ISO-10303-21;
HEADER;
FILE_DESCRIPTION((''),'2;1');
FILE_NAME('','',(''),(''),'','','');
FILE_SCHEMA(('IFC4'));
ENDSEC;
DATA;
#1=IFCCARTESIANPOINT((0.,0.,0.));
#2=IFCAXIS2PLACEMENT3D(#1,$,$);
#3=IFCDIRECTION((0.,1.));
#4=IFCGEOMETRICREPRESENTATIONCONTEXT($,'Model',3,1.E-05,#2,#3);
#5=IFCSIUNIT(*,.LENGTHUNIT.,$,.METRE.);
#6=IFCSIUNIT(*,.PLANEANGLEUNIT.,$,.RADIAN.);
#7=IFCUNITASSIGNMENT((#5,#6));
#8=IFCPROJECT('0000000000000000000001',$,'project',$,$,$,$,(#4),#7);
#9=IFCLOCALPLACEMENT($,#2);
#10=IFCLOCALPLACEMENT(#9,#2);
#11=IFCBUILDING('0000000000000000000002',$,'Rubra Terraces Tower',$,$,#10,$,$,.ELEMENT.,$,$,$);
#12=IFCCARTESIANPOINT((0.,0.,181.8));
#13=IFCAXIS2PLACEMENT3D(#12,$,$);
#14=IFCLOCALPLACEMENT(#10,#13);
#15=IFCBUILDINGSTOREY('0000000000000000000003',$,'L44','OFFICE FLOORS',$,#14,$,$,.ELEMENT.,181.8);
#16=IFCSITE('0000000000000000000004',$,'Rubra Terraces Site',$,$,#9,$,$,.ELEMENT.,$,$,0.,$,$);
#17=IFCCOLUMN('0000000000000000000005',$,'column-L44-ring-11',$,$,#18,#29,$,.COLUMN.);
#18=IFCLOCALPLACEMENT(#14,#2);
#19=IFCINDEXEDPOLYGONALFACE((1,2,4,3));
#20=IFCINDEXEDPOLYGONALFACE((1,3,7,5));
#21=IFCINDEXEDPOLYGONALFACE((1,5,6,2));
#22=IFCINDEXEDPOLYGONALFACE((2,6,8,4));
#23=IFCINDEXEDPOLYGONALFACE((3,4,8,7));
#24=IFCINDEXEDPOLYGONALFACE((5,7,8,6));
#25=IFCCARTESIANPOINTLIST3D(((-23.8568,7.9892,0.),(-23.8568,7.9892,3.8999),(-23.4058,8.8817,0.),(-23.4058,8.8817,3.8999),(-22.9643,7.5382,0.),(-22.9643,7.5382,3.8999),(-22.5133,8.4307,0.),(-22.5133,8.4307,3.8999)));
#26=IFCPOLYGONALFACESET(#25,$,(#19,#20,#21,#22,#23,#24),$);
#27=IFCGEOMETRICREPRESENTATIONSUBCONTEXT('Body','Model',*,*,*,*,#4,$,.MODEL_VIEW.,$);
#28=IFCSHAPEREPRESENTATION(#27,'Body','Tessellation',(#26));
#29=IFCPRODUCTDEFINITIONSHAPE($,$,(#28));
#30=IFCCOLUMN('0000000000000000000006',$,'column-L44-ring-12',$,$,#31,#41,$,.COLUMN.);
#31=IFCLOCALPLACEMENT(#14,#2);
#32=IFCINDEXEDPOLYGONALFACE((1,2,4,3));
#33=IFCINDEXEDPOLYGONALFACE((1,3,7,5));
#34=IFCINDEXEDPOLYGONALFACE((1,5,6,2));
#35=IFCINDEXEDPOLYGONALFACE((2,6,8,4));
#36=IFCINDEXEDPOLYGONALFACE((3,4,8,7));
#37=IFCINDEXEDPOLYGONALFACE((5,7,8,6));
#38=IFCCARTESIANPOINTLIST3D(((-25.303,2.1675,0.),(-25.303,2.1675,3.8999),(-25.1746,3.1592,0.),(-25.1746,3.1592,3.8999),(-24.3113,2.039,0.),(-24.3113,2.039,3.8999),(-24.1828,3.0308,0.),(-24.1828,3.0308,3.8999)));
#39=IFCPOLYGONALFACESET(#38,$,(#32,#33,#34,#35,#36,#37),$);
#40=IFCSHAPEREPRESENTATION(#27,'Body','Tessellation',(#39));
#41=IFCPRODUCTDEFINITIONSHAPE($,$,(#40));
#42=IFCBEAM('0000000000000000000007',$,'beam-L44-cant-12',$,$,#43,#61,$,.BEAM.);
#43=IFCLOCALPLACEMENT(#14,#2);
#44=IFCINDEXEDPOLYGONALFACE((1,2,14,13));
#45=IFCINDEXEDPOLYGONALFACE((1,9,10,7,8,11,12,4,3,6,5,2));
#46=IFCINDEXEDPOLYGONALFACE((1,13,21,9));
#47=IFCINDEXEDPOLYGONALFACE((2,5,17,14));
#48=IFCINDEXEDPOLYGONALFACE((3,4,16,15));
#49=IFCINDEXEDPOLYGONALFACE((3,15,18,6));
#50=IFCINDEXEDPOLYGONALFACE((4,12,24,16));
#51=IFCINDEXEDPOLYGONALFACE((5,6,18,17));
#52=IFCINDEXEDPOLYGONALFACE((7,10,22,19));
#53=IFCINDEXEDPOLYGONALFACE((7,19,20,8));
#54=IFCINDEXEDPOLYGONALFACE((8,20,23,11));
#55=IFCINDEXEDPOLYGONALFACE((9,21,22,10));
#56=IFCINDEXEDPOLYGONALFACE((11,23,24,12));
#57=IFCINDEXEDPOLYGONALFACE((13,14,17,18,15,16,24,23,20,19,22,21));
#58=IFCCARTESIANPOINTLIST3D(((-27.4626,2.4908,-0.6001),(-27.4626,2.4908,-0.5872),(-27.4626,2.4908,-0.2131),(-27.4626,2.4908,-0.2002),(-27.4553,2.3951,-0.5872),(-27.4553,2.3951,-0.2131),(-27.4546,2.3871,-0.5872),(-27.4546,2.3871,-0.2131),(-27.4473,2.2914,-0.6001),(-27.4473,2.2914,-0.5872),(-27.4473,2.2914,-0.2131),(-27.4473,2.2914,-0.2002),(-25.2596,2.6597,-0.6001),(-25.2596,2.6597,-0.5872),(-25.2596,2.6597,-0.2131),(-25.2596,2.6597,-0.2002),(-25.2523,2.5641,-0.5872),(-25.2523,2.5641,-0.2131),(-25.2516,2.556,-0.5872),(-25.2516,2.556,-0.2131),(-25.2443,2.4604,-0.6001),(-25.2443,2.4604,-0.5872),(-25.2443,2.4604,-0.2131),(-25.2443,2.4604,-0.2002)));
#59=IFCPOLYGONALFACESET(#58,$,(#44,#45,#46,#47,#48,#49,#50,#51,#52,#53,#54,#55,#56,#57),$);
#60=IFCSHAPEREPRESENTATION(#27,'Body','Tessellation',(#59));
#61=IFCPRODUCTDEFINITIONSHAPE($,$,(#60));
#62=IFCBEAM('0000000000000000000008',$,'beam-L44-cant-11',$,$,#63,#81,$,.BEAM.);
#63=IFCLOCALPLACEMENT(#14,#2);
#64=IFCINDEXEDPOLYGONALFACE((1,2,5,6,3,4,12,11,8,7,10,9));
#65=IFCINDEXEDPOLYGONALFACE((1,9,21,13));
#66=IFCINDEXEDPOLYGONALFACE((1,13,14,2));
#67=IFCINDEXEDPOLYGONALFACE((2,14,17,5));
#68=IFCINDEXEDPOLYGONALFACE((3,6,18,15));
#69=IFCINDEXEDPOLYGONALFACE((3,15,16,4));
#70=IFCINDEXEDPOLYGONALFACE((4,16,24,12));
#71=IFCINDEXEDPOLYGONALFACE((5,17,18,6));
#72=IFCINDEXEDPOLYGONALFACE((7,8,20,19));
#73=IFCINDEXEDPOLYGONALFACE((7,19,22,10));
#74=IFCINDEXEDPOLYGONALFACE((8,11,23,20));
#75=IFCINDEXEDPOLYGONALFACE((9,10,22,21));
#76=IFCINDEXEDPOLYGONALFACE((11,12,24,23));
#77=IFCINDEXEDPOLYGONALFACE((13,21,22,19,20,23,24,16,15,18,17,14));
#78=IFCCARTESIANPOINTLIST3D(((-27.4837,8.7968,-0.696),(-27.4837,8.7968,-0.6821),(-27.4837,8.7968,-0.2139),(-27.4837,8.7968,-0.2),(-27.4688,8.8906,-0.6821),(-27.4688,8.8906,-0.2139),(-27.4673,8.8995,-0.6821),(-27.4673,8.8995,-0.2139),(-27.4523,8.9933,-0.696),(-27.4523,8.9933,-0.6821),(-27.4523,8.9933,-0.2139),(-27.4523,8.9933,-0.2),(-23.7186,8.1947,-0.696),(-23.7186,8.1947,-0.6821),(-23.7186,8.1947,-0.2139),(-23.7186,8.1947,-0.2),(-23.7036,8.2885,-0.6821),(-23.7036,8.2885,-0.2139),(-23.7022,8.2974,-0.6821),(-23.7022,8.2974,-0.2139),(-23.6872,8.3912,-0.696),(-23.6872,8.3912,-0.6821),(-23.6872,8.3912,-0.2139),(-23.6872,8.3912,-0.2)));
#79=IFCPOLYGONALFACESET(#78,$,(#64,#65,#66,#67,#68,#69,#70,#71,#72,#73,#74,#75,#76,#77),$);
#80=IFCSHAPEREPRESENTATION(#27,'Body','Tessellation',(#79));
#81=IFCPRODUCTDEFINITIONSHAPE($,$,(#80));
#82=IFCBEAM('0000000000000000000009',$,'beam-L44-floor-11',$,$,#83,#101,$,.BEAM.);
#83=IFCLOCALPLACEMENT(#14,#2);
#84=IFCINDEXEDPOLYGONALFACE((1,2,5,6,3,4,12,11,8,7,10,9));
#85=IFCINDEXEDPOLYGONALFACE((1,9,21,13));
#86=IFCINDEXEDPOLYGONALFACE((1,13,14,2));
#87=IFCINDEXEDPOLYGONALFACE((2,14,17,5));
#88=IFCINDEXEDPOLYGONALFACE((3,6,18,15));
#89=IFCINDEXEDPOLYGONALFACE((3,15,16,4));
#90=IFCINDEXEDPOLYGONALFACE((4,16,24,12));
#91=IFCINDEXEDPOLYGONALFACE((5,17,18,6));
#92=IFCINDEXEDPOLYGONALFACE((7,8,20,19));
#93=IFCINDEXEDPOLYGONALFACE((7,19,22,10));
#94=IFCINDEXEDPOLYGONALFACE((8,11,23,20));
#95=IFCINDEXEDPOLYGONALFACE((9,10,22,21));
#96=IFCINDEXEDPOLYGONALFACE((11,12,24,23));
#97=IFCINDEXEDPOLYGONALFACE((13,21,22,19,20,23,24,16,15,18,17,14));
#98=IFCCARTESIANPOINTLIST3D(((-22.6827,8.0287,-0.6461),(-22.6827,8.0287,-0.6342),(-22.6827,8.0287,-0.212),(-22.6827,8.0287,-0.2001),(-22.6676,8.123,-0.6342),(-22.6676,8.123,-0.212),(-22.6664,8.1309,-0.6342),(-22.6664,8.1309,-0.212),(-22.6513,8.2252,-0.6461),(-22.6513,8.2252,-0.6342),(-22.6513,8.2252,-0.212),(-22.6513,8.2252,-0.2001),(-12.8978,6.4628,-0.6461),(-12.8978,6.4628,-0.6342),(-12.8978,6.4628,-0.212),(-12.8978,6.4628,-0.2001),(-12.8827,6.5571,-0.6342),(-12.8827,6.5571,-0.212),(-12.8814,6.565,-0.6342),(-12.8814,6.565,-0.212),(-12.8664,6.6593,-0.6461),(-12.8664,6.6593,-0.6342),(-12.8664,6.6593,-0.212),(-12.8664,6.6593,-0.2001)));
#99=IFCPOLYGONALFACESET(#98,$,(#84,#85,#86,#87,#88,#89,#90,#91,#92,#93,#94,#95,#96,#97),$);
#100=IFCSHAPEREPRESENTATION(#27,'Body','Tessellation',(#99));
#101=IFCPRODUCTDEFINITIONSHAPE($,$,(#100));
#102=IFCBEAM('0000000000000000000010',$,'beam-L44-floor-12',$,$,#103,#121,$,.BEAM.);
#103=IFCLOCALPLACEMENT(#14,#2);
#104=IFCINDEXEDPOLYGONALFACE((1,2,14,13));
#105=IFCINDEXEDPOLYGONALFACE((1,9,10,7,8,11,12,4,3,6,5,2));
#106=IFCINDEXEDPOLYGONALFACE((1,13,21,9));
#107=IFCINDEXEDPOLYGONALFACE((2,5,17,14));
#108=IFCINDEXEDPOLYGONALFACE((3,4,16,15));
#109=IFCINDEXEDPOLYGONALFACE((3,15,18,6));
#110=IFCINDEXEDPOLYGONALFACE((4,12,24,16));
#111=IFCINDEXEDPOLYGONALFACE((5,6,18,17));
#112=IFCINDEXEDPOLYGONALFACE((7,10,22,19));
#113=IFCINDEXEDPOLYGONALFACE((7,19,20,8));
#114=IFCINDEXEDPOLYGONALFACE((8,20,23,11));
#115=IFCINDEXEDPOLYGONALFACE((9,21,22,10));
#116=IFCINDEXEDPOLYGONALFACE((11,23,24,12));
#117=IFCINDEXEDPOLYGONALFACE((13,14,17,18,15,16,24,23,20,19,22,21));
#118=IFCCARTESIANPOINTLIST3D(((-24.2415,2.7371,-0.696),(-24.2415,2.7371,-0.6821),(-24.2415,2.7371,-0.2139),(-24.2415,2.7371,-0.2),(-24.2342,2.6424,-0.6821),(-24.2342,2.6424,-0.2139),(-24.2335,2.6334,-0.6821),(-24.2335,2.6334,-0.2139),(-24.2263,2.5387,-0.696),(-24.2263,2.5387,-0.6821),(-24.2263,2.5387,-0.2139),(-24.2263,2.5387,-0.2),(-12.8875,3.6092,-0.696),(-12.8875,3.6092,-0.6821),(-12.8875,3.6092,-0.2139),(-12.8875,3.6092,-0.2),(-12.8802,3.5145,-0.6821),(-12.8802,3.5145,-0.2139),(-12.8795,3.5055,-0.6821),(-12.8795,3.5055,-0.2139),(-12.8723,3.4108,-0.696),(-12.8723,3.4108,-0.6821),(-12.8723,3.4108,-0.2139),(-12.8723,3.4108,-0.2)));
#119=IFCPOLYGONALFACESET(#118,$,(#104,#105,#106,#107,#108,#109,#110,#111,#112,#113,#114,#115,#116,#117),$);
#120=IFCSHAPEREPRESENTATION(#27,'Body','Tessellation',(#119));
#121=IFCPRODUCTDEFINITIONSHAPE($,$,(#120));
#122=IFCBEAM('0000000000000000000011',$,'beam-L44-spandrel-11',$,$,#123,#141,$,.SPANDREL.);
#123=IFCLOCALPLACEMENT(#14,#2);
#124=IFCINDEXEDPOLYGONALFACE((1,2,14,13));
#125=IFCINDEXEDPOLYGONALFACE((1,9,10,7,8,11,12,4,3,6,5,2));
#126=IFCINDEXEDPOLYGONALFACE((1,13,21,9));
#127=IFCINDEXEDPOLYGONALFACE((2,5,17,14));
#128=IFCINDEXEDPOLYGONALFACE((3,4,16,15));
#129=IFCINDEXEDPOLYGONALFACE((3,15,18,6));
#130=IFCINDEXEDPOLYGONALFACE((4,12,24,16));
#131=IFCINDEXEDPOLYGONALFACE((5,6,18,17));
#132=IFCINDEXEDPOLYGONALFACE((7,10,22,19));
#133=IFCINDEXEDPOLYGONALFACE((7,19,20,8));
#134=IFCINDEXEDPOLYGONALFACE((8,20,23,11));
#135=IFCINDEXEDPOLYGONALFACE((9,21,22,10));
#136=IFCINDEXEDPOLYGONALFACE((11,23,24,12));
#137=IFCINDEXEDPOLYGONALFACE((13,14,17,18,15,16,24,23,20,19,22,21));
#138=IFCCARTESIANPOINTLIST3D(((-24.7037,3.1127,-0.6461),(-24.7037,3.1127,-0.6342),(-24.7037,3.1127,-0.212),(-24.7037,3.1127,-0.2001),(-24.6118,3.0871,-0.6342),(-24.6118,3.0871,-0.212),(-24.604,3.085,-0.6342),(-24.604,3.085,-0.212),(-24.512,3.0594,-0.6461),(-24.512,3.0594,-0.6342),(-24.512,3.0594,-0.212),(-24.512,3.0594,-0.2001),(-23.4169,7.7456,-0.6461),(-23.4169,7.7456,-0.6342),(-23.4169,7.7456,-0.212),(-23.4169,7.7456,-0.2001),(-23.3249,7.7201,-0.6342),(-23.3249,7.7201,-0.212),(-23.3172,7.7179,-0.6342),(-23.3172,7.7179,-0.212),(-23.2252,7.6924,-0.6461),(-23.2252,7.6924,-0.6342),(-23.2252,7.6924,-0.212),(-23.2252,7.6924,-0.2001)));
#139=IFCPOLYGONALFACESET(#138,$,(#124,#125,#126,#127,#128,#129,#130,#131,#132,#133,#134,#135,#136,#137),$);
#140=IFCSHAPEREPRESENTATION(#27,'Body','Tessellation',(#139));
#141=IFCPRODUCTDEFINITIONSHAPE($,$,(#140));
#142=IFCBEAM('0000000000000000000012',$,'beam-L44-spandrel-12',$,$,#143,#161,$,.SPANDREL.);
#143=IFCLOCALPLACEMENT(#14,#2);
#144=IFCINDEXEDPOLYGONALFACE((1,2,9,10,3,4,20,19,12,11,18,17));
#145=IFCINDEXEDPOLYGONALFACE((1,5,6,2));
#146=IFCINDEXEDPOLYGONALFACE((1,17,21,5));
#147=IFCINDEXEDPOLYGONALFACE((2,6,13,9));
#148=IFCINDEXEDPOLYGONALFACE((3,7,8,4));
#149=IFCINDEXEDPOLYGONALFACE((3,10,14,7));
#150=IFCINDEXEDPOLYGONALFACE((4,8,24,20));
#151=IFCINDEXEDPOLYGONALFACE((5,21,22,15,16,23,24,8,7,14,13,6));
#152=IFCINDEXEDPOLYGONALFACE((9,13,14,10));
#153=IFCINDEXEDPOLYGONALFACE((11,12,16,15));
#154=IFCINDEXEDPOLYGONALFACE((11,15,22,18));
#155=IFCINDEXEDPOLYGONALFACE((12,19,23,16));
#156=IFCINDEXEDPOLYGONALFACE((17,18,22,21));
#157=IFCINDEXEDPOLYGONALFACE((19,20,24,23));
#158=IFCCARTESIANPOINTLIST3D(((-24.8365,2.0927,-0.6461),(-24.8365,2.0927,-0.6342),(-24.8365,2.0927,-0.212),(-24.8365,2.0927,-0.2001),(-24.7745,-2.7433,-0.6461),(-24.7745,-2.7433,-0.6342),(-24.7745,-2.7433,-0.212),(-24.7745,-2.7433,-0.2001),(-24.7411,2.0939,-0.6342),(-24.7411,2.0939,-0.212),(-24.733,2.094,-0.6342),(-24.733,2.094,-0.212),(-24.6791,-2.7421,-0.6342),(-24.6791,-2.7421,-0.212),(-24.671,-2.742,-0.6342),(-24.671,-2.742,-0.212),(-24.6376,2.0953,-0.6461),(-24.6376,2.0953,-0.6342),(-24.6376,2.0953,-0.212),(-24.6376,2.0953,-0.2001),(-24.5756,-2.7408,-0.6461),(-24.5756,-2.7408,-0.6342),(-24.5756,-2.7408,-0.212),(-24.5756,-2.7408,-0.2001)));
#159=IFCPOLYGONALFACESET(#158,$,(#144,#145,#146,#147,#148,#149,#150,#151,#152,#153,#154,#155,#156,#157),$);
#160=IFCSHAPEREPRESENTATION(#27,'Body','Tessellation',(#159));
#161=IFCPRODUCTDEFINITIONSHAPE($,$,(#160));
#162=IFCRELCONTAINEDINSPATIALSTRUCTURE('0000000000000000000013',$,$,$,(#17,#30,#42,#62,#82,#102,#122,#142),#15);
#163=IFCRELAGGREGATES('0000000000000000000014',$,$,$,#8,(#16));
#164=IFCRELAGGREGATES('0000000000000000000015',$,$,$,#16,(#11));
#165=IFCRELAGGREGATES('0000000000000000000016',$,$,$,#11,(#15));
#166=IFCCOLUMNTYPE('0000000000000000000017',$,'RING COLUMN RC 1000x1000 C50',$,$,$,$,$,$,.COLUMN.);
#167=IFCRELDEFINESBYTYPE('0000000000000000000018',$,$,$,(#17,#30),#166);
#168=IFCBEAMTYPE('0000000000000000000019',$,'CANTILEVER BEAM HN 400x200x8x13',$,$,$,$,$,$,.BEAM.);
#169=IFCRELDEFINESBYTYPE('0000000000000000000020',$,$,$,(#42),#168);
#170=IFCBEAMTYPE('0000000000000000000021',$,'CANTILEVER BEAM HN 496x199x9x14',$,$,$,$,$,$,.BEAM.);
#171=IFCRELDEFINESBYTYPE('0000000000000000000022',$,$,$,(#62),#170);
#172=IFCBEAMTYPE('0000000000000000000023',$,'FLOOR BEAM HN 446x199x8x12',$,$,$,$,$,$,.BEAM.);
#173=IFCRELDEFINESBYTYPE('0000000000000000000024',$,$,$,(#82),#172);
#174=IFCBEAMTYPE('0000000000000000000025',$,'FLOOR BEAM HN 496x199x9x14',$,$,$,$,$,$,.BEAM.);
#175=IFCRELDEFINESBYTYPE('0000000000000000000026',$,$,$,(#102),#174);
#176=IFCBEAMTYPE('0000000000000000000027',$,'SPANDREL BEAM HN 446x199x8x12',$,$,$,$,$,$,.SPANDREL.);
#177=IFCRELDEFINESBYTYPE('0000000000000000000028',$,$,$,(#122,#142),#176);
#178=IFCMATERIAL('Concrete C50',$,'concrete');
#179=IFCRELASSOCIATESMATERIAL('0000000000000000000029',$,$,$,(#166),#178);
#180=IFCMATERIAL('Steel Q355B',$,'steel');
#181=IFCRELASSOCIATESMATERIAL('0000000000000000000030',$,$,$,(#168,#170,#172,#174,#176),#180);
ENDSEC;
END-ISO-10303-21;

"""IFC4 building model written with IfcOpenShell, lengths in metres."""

from ifc_helpers import new_model, si_unit, direction, frame, origin, origin_2d, place, context, subcontext, project, spatial, rectangle, i_section, extrude, material, material_profile, profile_set, type_object, element, save


model = new_model("IFC4")

# Units and contexts
model_context = context("Model", 3, precision=1e-05, world=origin(), true_north=direction((0.0, 1.0)))
body_context = subcontext(model_context, "Body", "Model", "MODEL_VIEW")
ifc_project = project(units=[si_unit("LENGTHUNIT", "METRE"), si_unit("PLANEANGLEUNIT", "RADIAN")], contexts=[model_context])

# Site, building, storey
site_placement = place(None, origin())
site = spatial("IfcSite", under=ifc_project, at=site_placement, Name="Rubra Terraces Site", CompositionType="ELEMENT", RefElevation=0.0)
building_placement = place(site_placement, origin())
building = spatial("IfcBuilding", under=site, at=building_placement, Name="Rubra Terraces Tower", CompositionType="ELEMENT")
storey_placement = place(building_placement, frame((0.0, 0.0, 181.8)))
storey = spatial("IfcBuildingStorey", under=building, at=storey_placement, Name="L44", Description="OFFICE FLOORS", CompositionType="ELEMENT", Elevation=181.8)

# Columns
ifc_material_1 = material(Name="Concrete C50", Category="concrete")
ifc_material_profile_1 = material_profile(ifc_material_1, rectangle(XDim=1.0, YDim=1.0, at=origin_2d()), Name="RC 1000x1000")
ifc_profile_set_1 = profile_set([ifc_material_profile_1], Name="Concrete C50")
column_type = type_object("IfcColumnType", Name="RING COLUMN RC 1000x1000 C50", PredefinedType="COLUMN", material=ifc_profile_set_1)
for number, where, z_axis, x_axis, name in (
    (1, (-23.1851, 8.21, 0.0), (0.0, 0.0, 1.0), (-0.451028, -0.89251, 0.0), "column-L44-ring-11"),
    (2, (-24.7429, 2.5991, 0.0), (0.0, 0.0, 1.0), (-0.128444, -0.991717, 0.0), "column-L44-ring-12"),
):
    element("IfcColumn", number, at=place(storey_placement, frame(where, z_axis=z_axis, x_axis=x_axis)), inside=storey, type_object=column_type, Name=name, PredefinedType="COLUMN", context=body_context, shape_type="SweptSolid", body=[
        extrude(rectangle(XDim=1.0, YDim=1.0, at=origin_2d()), origin(), (0.0, 0.0, 1.0), 3.8999),
    ])

# Beams
ifc_material_2 = material(Name="Steel Q355B", Category="steel")
ifc_material_profile_2 = material_profile(ifc_material_2, i_section(OverallWidth=0.2, OverallDepth=0.3999, WebThickness=0.0081, FlangeThickness=0.0129, at=origin_2d()), Name="HN 400x200x8x13")
ifc_profile_set_2 = profile_set([ifc_material_profile_2], Name="Steel Q355B")
beam_type_1 = type_object("IfcBeamType", Name="CANTILEVER BEAM HN 400x200x8x13", PredefinedType="BEAM", material=ifc_profile_set_2)
beam_1_placement = place(storey_placement, frame((-25.252, 2.5601, -0.4001), z_axis=(-0.997073, -0.07646, 0.0), x_axis=(0.07646, -0.997073, 0.0)))
element("IfcBeam", 3, at=beam_1_placement, inside=storey, type_object=beam_type_1, Name="beam-L44-cant-12", PredefinedType="BEAM", context=body_context, shape_type="SweptSolid", body=[
    extrude(i_section(OverallWidth=0.2, OverallDepth=0.3999, WebThickness=0.0081, FlangeThickness=0.0129, at=origin_2d()), origin(), (0.0, 0.0, 1.0), 2.2095),
])
ifc_material_profile_3 = material_profile(ifc_material_2, i_section(OverallWidth=0.199, OverallDepth=0.4961, WebThickness=0.009, FlangeThickness=0.0139, at=origin_2d()), Name="HN 496x199x9x14")
ifc_profile_set_3 = profile_set([ifc_material_profile_3], Name="Steel Q355B")
beam_type_2 = type_object("IfcBeamType", Name="CANTILEVER BEAM HN 496x199x9x14", PredefinedType="BEAM", material=ifc_profile_set_3)
beam_2_placement = place(storey_placement, frame((-23.7029, 8.293, -0.448), z_axis=(-0.987456, 0.157896, 0.0), x_axis=(-0.157896, -0.987456, 0.0)))
element("IfcBeam", 4, at=beam_2_placement, inside=storey, type_object=beam_type_2, Name="beam-L44-cant-11", PredefinedType="BEAM", context=body_context, shape_type="SweptSolid", body=[
    extrude(i_section(OverallWidth=0.199, OverallDepth=0.4961, WebThickness=0.009, FlangeThickness=0.0139, at=origin_2d()), origin(), (0.0, 0.0, 1.0), 3.813),
])
ifc_material_profile_4 = material_profile(ifc_material_2, i_section(OverallWidth=0.199, OverallDepth=0.446, WebThickness=0.0081, FlangeThickness=0.012, at=origin_2d()), Name="HN 446x199x8x12")
ifc_profile_set_4 = profile_set([ifc_material_profile_4], Name="Steel Q355B")
beam_type_3 = type_object("IfcBeamType", Name="FLOOR BEAM HN 446x199x8x12", PredefinedType="BEAM", material=ifc_profile_set_4)
beam_3_placement = place(storey_placement, frame((-22.667, 8.127, -0.4231), z_axis=(0.987435, -0.158023, 0.0), x_axis=(0.158023, 0.987435, 0.0)))
element("IfcBeam", 5, at=beam_3_placement, inside=storey, type_object=beam_type_3, Name="beam-L44-floor-11", PredefinedType="BEAM", context=body_context, shape_type="SweptSolid", body=[
    extrude(i_section(OverallWidth=0.199, OverallDepth=0.446, WebThickness=0.0081, FlangeThickness=0.012, at=origin_2d()), origin(), (0.0, 0.0, 1.0), 9.9094),
])
ifc_material_profile_5 = material_profile(ifc_material_2, i_section(OverallWidth=0.199, OverallDepth=0.4961, WebThickness=0.009, FlangeThickness=0.0139, at=origin_2d()), Name="HN 496x199x9x14")
ifc_profile_set_5 = profile_set([ifc_material_profile_5], Name="Steel Q355B")
beam_type_4 = type_object("IfcBeamType", Name="FLOOR BEAM HN 496x199x9x14", PredefinedType="BEAM", material=ifc_profile_set_5)
beam_4_placement = place(storey_placement, frame((-24.2339, 2.6379, -0.448), z_axis=(0.997063, 0.076582, 0.0), x_axis=(-0.076582, 0.997063, 0.0)))
element("IfcBeam", 6, at=beam_4_placement, inside=storey, type_object=beam_type_4, Name="beam-L44-floor-12", PredefinedType="BEAM", context=body_context, shape_type="SweptSolid", body=[
    extrude(i_section(OverallWidth=0.199, OverallDepth=0.4961, WebThickness=0.009, FlangeThickness=0.0139, at=origin_2d()), origin(), (0.0, 0.0, 1.0), 11.3875),
])
ifc_material_profile_6 = material_profile(ifc_material_2, i_section(OverallWidth=0.199, OverallDepth=0.446, WebThickness=0.0081, FlangeThickness=0.012, at=origin_2d()), Name="HN 446x199x8x12")
ifc_profile_set_6 = profile_set([ifc_material_profile_6], Name="Steel Q355B")
beam_type_5 = type_object("IfcBeamType", Name="SPANDREL BEAM HN 446x199x8x12", PredefinedType="SPANDREL", material=ifc_profile_set_6)
beam_5_placement = place(storey_placement, frame((-23.321, 7.719, -0.4231), z_axis=(-0.267626, -0.963523, 0.0), x_axis=(0.963523, -0.267626, 0.0)))
element("IfcBeam", 7, at=beam_5_placement, inside=storey, type_object=beam_type_5, Name="beam-L44-spandrel-11", PredefinedType="SPANDREL", context=body_context, shape_type="SweptSolid", body=[
    extrude(i_section(OverallWidth=0.199, OverallDepth=0.446, WebThickness=0.0081, FlangeThickness=0.012, at=origin_2d()), origin(), (0.0, 0.0, 1.0), 4.8083),
])
beam_6_placement = place(storey_placement, frame((-24.7371, 2.094, -0.4231), z_axis=(0.012822, -0.999918, 0.0), x_axis=(0.999918, 0.012822, 0.0)))
element("IfcBeam", 8, at=beam_6_placement, inside=storey, type_object=beam_type_5, Name="beam-L44-spandrel-12", PredefinedType="SPANDREL", context=body_context, shape_type="SweptSolid", body=[
    extrude(i_section(OverallWidth=0.199, OverallDepth=0.446, WebThickness=0.0081, FlangeThickness=0.012, at=origin_2d()), origin(), (0.0, 0.0, 1.0), 4.8364),
])

save(model, "model.ifc")
